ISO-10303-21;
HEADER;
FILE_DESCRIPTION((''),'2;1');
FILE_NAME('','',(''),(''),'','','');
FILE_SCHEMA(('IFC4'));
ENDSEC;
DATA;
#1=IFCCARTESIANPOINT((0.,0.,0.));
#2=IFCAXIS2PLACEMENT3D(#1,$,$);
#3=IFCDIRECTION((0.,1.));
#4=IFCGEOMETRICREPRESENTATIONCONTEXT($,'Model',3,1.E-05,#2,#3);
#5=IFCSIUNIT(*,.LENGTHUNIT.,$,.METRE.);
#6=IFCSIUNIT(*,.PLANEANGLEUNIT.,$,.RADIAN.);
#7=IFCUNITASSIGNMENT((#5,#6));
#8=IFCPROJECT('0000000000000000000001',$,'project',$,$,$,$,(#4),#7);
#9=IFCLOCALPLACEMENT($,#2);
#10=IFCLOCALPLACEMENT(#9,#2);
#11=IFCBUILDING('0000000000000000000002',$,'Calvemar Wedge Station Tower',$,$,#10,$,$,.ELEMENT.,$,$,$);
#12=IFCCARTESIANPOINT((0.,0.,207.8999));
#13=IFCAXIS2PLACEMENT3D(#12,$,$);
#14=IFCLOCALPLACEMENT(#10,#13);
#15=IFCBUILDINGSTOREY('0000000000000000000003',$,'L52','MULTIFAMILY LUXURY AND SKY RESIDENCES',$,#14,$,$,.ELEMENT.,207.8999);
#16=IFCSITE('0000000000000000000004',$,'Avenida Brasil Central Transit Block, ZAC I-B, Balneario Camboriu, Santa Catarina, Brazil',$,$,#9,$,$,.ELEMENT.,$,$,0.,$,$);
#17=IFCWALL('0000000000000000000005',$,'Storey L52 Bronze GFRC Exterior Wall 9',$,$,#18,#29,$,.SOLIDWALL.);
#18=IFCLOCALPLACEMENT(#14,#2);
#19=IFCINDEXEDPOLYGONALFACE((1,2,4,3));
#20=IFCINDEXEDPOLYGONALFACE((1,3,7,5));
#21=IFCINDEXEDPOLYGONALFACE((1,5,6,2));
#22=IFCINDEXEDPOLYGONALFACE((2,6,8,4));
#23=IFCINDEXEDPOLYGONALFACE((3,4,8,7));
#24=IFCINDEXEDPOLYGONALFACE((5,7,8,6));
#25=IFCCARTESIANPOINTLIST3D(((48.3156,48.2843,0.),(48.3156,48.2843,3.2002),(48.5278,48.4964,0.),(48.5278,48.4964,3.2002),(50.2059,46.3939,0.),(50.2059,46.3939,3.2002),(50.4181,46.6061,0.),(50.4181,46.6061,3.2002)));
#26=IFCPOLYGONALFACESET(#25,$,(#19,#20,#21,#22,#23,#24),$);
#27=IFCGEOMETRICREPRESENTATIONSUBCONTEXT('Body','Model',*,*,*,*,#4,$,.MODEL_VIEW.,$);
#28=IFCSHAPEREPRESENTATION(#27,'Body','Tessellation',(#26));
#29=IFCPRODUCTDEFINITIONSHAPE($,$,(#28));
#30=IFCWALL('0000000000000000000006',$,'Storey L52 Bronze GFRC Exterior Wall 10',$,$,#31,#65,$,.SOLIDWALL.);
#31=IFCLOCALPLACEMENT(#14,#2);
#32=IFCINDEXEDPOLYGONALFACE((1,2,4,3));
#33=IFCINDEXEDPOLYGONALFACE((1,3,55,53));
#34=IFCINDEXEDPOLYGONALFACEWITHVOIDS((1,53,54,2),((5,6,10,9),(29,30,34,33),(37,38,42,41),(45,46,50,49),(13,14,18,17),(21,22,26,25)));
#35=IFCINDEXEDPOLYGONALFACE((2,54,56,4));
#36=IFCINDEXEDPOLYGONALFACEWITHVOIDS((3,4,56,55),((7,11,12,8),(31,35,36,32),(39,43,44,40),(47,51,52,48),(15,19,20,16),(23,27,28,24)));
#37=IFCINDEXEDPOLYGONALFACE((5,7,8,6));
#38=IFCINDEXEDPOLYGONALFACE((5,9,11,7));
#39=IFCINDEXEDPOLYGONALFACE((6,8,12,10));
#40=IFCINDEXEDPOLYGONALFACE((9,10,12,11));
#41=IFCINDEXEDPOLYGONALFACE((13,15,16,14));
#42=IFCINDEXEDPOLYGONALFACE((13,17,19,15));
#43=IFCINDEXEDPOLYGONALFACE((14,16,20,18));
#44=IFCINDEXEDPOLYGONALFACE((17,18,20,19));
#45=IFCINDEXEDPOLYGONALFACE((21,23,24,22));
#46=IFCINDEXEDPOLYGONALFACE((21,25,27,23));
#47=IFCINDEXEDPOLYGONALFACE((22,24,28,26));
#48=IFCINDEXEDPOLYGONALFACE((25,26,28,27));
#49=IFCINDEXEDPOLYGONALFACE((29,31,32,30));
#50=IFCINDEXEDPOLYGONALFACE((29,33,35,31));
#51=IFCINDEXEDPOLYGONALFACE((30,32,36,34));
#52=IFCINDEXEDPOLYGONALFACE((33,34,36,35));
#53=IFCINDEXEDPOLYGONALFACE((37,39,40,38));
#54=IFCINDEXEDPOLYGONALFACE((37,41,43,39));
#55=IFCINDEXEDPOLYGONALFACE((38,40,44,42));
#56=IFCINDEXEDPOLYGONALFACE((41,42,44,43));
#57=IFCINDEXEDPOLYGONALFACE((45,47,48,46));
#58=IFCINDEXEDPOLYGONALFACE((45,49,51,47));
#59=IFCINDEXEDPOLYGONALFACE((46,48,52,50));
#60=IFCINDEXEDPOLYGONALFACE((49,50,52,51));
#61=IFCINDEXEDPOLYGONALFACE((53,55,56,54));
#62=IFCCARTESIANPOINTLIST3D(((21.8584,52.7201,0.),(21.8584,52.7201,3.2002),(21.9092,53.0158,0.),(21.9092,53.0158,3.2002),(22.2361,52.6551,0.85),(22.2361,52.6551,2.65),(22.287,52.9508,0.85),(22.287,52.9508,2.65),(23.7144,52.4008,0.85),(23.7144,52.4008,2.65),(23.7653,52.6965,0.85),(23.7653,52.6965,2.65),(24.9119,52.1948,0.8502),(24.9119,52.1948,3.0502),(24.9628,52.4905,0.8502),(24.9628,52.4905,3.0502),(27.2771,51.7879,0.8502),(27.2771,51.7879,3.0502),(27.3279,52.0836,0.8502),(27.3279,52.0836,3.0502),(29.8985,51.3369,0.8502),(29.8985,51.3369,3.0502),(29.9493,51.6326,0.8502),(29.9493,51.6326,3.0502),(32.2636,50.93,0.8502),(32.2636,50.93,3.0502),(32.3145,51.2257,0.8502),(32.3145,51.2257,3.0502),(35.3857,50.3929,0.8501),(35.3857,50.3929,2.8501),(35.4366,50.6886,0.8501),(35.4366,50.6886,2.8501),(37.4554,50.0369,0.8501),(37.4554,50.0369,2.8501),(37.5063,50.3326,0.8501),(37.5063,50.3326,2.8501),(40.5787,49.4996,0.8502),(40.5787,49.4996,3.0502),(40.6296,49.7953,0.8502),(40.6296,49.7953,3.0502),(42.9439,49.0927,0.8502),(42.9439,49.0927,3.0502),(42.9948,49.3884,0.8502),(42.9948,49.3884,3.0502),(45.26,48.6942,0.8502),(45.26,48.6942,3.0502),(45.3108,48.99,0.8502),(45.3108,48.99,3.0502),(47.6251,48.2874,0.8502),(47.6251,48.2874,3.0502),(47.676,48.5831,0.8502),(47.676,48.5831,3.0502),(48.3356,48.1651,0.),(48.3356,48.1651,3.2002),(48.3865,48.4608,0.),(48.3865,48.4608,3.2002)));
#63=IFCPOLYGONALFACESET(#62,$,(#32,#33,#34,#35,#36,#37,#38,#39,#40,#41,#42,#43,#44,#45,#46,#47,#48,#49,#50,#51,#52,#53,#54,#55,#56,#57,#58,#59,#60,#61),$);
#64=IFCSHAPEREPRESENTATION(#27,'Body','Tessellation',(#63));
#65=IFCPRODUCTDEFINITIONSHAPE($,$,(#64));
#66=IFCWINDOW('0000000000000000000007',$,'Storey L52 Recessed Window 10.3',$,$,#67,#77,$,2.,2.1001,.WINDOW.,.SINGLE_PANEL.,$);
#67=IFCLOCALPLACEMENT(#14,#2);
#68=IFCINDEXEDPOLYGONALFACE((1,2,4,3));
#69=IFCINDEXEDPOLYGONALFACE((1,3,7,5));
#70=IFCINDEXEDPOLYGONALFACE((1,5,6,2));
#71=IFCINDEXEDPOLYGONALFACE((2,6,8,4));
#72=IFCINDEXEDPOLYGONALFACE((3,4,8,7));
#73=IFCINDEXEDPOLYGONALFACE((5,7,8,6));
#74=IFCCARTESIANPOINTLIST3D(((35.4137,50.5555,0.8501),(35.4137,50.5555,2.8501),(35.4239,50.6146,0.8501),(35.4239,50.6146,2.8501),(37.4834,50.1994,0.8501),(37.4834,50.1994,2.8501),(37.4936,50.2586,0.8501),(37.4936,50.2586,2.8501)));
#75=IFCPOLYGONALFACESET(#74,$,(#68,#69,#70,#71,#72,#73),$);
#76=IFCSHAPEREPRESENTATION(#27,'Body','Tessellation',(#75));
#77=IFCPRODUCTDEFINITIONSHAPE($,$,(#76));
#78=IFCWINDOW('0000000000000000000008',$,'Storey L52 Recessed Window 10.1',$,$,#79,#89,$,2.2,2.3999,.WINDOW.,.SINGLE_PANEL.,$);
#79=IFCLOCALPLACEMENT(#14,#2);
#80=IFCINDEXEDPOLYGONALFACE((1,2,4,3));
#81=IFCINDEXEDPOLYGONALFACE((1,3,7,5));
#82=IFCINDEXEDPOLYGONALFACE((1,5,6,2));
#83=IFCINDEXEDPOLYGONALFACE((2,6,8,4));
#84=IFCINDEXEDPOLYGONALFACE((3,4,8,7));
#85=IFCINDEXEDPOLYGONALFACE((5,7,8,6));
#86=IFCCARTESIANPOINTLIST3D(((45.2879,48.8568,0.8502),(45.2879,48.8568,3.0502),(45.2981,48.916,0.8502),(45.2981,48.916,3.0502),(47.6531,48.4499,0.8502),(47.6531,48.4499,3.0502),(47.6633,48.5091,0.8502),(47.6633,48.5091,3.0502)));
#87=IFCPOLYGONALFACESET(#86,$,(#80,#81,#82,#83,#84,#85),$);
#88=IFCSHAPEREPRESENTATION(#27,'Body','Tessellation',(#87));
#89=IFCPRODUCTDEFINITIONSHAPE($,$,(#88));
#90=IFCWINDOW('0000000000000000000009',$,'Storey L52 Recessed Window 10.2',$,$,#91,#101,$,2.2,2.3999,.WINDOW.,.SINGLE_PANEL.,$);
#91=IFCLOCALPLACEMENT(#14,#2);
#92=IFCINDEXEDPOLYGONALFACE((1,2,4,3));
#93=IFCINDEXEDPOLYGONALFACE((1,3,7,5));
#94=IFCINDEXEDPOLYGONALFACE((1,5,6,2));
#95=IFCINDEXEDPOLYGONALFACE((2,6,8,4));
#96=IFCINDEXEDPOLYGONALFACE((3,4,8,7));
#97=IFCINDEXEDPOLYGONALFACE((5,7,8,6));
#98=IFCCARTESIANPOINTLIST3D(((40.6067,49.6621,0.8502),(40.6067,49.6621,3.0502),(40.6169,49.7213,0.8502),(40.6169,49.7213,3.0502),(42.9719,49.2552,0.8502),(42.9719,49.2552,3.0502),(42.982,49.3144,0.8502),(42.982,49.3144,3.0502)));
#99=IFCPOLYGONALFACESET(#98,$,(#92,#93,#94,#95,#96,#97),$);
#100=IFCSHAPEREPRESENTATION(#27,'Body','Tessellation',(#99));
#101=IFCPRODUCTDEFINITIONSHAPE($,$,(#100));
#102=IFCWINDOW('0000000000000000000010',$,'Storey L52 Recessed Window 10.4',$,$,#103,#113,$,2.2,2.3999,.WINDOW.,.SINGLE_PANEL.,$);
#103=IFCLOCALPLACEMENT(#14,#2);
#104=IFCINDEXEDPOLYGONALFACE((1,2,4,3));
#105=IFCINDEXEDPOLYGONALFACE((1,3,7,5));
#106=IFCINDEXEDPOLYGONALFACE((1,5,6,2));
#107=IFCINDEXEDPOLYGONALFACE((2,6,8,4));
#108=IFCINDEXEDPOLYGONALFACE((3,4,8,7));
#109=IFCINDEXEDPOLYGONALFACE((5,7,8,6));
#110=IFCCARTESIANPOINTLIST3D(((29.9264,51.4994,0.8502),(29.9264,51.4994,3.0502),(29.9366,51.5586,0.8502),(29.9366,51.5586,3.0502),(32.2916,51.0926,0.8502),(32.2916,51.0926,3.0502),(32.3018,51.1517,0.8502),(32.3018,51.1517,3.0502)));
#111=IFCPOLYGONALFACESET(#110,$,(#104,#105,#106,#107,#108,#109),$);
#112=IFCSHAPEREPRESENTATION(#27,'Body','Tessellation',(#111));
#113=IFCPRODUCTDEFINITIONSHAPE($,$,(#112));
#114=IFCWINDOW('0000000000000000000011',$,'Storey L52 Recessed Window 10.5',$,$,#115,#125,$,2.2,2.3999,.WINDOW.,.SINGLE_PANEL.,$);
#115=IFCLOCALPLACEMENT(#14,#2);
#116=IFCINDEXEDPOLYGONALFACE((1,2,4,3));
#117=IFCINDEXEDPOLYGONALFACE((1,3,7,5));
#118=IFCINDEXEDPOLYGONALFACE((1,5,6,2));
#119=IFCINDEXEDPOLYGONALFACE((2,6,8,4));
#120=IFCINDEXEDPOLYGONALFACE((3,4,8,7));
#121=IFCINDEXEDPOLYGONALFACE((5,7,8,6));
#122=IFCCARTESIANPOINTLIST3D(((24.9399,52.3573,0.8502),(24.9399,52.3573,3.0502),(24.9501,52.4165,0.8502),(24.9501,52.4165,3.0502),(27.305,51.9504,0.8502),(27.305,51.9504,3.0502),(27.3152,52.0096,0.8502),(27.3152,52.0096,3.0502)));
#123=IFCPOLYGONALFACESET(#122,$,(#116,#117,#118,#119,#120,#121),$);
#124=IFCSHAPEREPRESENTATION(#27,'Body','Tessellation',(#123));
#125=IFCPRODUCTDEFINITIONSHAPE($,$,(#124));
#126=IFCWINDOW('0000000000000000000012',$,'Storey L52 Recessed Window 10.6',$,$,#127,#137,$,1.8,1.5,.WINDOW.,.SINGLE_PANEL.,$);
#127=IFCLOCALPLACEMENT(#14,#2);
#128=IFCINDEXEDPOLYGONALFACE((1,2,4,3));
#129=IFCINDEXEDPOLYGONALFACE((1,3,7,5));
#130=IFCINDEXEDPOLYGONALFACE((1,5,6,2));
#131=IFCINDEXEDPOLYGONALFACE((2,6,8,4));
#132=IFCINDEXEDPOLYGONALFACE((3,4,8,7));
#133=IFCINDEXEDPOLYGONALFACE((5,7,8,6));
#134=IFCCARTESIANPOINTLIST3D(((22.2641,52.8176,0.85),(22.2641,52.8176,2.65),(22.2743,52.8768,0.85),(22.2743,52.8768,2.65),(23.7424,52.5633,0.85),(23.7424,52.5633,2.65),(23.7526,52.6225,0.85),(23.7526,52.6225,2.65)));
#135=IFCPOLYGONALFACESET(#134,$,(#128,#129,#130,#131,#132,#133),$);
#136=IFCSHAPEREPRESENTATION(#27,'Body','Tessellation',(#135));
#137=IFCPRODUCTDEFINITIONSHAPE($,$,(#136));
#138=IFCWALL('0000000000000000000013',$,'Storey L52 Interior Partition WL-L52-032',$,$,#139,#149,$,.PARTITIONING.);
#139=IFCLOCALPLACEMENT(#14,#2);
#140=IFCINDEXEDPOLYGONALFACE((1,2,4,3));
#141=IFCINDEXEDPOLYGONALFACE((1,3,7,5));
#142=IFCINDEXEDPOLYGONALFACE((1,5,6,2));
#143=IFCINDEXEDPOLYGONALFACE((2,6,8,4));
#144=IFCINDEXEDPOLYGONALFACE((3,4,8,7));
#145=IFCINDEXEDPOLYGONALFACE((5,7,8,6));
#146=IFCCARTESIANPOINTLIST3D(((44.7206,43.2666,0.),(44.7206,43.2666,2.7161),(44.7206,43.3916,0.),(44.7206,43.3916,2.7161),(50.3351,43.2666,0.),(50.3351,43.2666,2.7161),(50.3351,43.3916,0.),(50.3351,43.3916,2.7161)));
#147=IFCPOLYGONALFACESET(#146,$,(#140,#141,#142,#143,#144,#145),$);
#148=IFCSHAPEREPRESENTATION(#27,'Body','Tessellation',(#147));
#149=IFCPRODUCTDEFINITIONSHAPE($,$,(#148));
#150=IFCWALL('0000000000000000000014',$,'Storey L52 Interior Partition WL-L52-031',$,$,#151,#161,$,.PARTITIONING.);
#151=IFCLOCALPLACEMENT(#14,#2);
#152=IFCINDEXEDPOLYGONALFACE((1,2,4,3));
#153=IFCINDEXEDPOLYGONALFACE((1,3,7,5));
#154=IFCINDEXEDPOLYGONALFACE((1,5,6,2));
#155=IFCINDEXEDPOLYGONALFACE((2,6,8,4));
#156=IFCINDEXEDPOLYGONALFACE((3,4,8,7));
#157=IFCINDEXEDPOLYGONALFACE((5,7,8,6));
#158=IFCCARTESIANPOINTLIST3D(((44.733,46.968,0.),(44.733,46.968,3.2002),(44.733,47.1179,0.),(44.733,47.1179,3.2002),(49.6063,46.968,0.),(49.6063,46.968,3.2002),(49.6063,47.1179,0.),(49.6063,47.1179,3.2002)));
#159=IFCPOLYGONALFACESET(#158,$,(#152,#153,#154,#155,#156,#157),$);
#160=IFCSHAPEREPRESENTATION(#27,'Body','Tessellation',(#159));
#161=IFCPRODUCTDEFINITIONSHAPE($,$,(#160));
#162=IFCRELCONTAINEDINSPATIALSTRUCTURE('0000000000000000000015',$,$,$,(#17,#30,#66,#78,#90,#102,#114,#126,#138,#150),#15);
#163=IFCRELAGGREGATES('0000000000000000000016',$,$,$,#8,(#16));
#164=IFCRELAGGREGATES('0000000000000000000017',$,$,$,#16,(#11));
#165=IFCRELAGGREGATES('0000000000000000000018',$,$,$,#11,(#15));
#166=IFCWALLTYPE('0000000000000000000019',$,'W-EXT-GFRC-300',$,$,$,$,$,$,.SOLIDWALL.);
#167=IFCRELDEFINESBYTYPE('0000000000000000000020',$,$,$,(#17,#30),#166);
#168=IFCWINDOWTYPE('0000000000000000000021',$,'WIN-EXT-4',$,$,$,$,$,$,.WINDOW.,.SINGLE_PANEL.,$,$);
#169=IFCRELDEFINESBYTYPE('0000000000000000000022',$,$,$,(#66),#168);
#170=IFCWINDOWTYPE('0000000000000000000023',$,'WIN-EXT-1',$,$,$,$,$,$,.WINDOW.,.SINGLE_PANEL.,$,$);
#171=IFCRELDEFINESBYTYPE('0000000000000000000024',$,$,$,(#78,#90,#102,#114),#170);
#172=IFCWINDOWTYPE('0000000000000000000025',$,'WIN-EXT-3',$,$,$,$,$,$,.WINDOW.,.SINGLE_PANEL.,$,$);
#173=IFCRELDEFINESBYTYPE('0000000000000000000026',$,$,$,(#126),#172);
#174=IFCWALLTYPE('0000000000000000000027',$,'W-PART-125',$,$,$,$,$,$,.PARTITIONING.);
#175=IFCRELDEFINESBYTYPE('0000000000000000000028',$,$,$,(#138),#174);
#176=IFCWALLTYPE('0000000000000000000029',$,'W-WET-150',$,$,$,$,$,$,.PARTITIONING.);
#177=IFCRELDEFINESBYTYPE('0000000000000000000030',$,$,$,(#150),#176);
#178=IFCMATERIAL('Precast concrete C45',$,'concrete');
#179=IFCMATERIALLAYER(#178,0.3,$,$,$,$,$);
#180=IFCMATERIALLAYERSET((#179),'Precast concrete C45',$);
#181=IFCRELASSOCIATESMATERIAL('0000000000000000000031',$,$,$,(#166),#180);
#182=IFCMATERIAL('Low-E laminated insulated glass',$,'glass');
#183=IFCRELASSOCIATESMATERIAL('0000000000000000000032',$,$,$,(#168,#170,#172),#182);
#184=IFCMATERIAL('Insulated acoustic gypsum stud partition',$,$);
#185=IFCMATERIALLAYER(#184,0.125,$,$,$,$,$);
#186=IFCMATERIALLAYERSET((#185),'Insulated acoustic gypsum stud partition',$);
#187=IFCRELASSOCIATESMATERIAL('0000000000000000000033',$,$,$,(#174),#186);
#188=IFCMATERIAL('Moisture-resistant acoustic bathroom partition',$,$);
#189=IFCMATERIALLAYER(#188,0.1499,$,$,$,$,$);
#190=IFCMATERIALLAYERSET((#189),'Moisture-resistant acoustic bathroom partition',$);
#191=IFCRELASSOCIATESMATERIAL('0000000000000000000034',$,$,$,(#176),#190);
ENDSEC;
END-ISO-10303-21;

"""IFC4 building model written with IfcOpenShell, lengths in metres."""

from ifc_helpers import new_model, si_unit, direction, frame, frame_2d, origin, place, context, subcontext, project, spatial, rectangle, extrude, source, transform, mapped, material, layer, layer_set, type_object, element, fill, save


model = new_model("IFC4")

# Units and contexts
model_context = context("Model", 3, precision=1e-05, world=origin(), true_north=direction((0.0, 1.0)))
body_context = subcontext(model_context, "Body", "Model", "MODEL_VIEW")
ifc_project = project(units=[si_unit("LENGTHUNIT", "METRE"), si_unit("PLANEANGLEUNIT", "RADIAN")], contexts=[model_context])

# Site, building, storey
site_placement = place(None, origin())
site = spatial("IfcSite", under=ifc_project, at=site_placement, Name="Avenida Brasil Central Transit Block, ZAC I-B, Balneario Camboriu, Santa Catarina, Brazil", CompositionType="ELEMENT", RefElevation=0.0)
building_placement = place(site_placement, origin())
building = spatial("IfcBuilding", under=site, at=building_placement, Name="Calvemar Wedge Station Tower", CompositionType="ELEMENT")
storey_placement = place(building_placement, frame((0.0, 0.0, 207.8999)))
storey = spatial("IfcBuildingStorey", under=building, at=storey_placement, Name="L52", Description="MULTIFAMILY LUXURY AND SKY RESIDENCES", CompositionType="ELEMENT", Elevation=207.8999)

# Shared definitions
ifc_material_1 = material(Name="Precast concrete C45", Category="concrete")

# Wall
ifc_layer_1 = layer(ifc_material_1, 0.3)
ifc_layer_set_1 = layer_set([ifc_layer_1], Name="Precast concrete C45")
wall_type_1 = type_object("IfcWallType", Name="W-EXT-GFRC-300", PredefinedType="SOLIDWALL", material=ifc_layer_set_1)
wall_1_placement = place(storey_placement, frame((50.312, 46.5, 0.0), z_axis=(0.0, 0.0, 1.0), x_axis=(-0.707107, 0.707107, 0.0)))
element("IfcWall", 1, at=wall_1_placement, inside=storey, type_object=wall_type_1, Name="Storey L52 Bronze GFRC Exterior Wall 9", PredefinedType="SOLIDWALL", context=body_context, shape_type="SweptSolid", body=[
    extrude(rectangle(XDim=2.6733, YDim=0.3, at=frame_2d((1.3367, 0.0))), origin(), (0.0, 0.0, 1.0), 3.2002),
])

# Wall, openings, windows
wall_2_placement = place(storey_placement, frame((48.3611, 48.313, 0.0), z_axis=(0.0, 0.0, 1.0), x_axis=(-0.985523, 0.169541, 0.0)))
wall_2 = element("IfcWall", 2, at=wall_2_placement, inside=storey, type_object=wall_type_1, Name="Storey L52 Bronze GFRC Exterior Wall 10", PredefinedType="SOLIDWALL", context=body_context, shape_type="SweptSolid", body=[
    extrude(rectangle(XDim=26.8662, YDim=0.3, at=frame_2d((13.4331, 0.0))), origin(), (0.0, 0.0, 1.0), 3.2002),
])
shared_shape_1 = source(origin(), body_context, "Body", "SweptSolid", [
    extrude(rectangle(XDim=2.3999, YDim=2.2, at=frame_2d((1.2, 1.1001))), frame((0.0, 0.1602, 0.0), z_axis=(0.0, -1.0, 0.0), x_axis=(1.0, 0.0, 0.0)), (0.0, 0.0, 1.0), 0.3201),
])
opening_1_placement = place(wall_2_placement, frame((0.7209, 0.0, 0.8501)))
opening_1 = element("IfcOpeningElement", 3, at=opening_1_placement, cuts=wall_2, PredefinedType="OPENING", context=body_context, shape_type="MappedRepresentation", body=[
    mapped(shared_shape_1, transform((0.0, 0.0, 0.0), scale=1.0)),
])
opening_2_placement = place(wall_2_placement, frame((5.4709, 0.0, 0.8501)))
opening_2 = element("IfcOpeningElement", 4, at=opening_2_placement, cuts=wall_2, PredefinedType="OPENING", context=body_context, shape_type="MappedRepresentation", body=[
    mapped(shared_shape_1, transform((0.0, 0.0, 0.0), scale=1.0)),
])
shared_shape_2 = source(origin(), body_context, "Body", "SweptSolid", [
    extrude(rectangle(XDim=2.1001, YDim=2.0, at=frame_2d((1.05, 1.0))), frame((0.0, 0.1602, 0.0), z_axis=(0.0, -1.0, 0.0), x_axis=(1.0, 0.0, 0.0)), (0.0, 0.0, 1.0), 0.3201),
])
opening_3_placement = place(wall_2_placement, frame((11.04, 0.0, 0.8501)))
opening_3 = element("IfcOpeningElement", 5, at=opening_3_placement, cuts=wall_2, PredefinedType="OPENING", context=body_context, shape_type="MappedRepresentation", body=[
    mapped(shared_shape_2, transform((0.0, 0.0, 0.0), scale=1.0)),
])
opening_4_placement = place(wall_2_placement, frame((16.3081, 0.0, 0.8501)))
opening_4 = element("IfcOpeningElement", 6, at=opening_4_placement, cuts=wall_2, PredefinedType="OPENING", context=body_context, shape_type="MappedRepresentation", body=[
    mapped(shared_shape_1, transform((0.0, 0.0, 0.0), scale=1.0)),
])
opening_5_placement = place(wall_2_placement, frame((21.3679, 0.0, 0.8501)))
opening_5 = element("IfcOpeningElement", 7, at=opening_5_placement, cuts=wall_2, PredefinedType="OPENING", context=body_context, shape_type="MappedRepresentation", body=[
    mapped(shared_shape_1, transform((0.0, 0.0, 0.0), scale=1.0)),
])
shared_shape_3 = source(origin(), body_context, "Body", "SweptSolid", [
    extrude(rectangle(XDim=1.5, YDim=1.8, at=frame_2d((0.75, 0.8999))), frame((0.0, 0.1602, 0.0), z_axis=(0.0, -1.0, 0.0), x_axis=(1.0, 0.0, 0.0)), (0.0, 0.0, 1.0), 0.3201),
])
opening_6_placement = place(wall_2_placement, frame((24.9829, 0.0, 0.8501)))
opening_6 = element("IfcOpeningElement", 8, at=opening_6_placement, cuts=wall_2, PredefinedType="OPENING", context=body_context, shape_type="MappedRepresentation", body=[
    mapped(shared_shape_3, transform((0.0, 0.0, 0.0), scale=1.0)),
])
ifc_material_2 = material(Name="Low-E laminated insulated glass", Category="glass")
window_type_1 = type_object("IfcWindowType", Name="WIN-EXT-4", PartitioningType="SINGLE_PANEL", PredefinedType="WINDOW", material=ifc_material_2)
shared_shape_4 = source(origin(), body_context, "Body", "SweptSolid", [
    extrude(rectangle(XDim=2.1001, YDim=2.0, at=frame_2d((1.05, 1.0))), frame((0.0, -0.0149, 0.0), z_axis=(0.0, -1.0, 0.0), x_axis=(1.0, 0.0, 0.0)), (0.0, 0.0, 1.0), 0.0601),
])
window_1_placement = place(opening_3_placement, origin())
window_1 = element("IfcWindow", 9, at=window_1_placement, inside=storey, type_object=window_type_1, Name="Storey L52 Recessed Window 10.3", OverallHeight=2.0, OverallWidth=2.1001, PartitioningType="SINGLE_PANEL", PredefinedType="WINDOW", context=body_context, shape_type="MappedRepresentation", body=[
    mapped(shared_shape_4, transform((0.0, 0.0, 0.0), scale=1.0)),
])
fill(opening_3, window_1)
window_type_2 = type_object("IfcWindowType", Name="WIN-EXT-1", PartitioningType="SINGLE_PANEL", PredefinedType="WINDOW", material=ifc_material_2)
shared_shape_5 = source(origin(), body_context, "Body", "SweptSolid", [
    extrude(rectangle(XDim=2.3999, YDim=2.2, at=frame_2d((1.2, 1.1001))), frame((0.0, -0.0149, 0.0), z_axis=(0.0, -1.0, 0.0), x_axis=(1.0, 0.0, 0.0)), (0.0, 0.0, 1.0), 0.0601),
])
window_2_placement = place(opening_1_placement, origin())
window_2 = element("IfcWindow", 10, at=window_2_placement, inside=storey, type_object=window_type_2, Name="Storey L52 Recessed Window 10.1", OverallHeight=2.2, OverallWidth=2.3999, PartitioningType="SINGLE_PANEL", PredefinedType="WINDOW", context=body_context, shape_type="MappedRepresentation", body=[
    mapped(shared_shape_5, transform((0.0, 0.0, 0.0), scale=1.0)),
])
fill(opening_1, window_2)
window_3_placement = place(opening_2_placement, origin())
window_3 = element("IfcWindow", 11, at=window_3_placement, inside=storey, type_object=window_type_2, Name="Storey L52 Recessed Window 10.2", OverallHeight=2.2, OverallWidth=2.3999, PartitioningType="SINGLE_PANEL", PredefinedType="WINDOW", context=body_context, shape_type="MappedRepresentation", body=[
    mapped(shared_shape_5, transform((0.0, 0.0, 0.0), scale=1.0)),
])
fill(opening_2, window_3)
window_4_placement = place(opening_4_placement, origin())
window_4 = element("IfcWindow", 12, at=window_4_placement, inside=storey, type_object=window_type_2, Name="Storey L52 Recessed Window 10.4", OverallHeight=2.2, OverallWidth=2.3999, PartitioningType="SINGLE_PANEL", PredefinedType="WINDOW", context=body_context, shape_type="MappedRepresentation", body=[
    mapped(shared_shape_5, transform((0.0, 0.0, 0.0), scale=1.0)),
])
fill(opening_4, window_4)
window_5_placement = place(opening_5_placement, origin())
window_5 = element("IfcWindow", 13, at=window_5_placement, inside=storey, type_object=window_type_2, Name="Storey L52 Recessed Window 10.5", OverallHeight=2.2, OverallWidth=2.3999, PartitioningType="SINGLE_PANEL", PredefinedType="WINDOW", context=body_context, shape_type="MappedRepresentation", body=[
    mapped(shared_shape_5, transform((0.0, 0.0, 0.0), scale=1.0)),
])
fill(opening_5, window_5)
window_type_3 = type_object("IfcWindowType", Name="WIN-EXT-3", PartitioningType="SINGLE_PANEL", PredefinedType="WINDOW", material=ifc_material_2)
shared_shape_6 = source(origin(), body_context, "Body", "SweptSolid", [
    extrude(rectangle(XDim=1.5, YDim=1.8, at=frame_2d((0.75, 0.8999))), frame((0.0, -0.0149, 0.0), z_axis=(0.0, -1.0, 0.0), x_axis=(1.0, 0.0, 0.0)), (0.0, 0.0, 1.0), 0.0601),
])
window_6_placement = place(opening_6_placement, origin())
window_6 = element("IfcWindow", 14, at=window_6_placement, inside=storey, type_object=window_type_3, Name="Storey L52 Recessed Window 10.6", OverallHeight=1.8, OverallWidth=1.5, PartitioningType="SINGLE_PANEL", PredefinedType="WINDOW", context=body_context, shape_type="MappedRepresentation", body=[
    mapped(shared_shape_6, transform((0.0, 0.0, 0.0), scale=1.0)),
])
fill(opening_6, window_6)

# Shared definitions
ifc_material_3 = material(Name="Insulated acoustic gypsum stud partition")
ifc_layer_2 = layer(ifc_material_3, 0.125)
ifc_layer_set_2 = layer_set([ifc_layer_2], Name="Insulated acoustic gypsum stud partition")
wall_type_2 = type_object("IfcWallType", Name="W-PART-125", PredefinedType="PARTITIONING", material=ifc_layer_set_2)

# Wall
wall_3_placement = place(storey_placement, frame((50.335, 43.3291, 0.0), z_axis=(0.0, 0.0, 1.0), x_axis=(-1.0, 0.0, 0.0)))
element("IfcWall", 15, at=wall_3_placement, inside=storey, type_object=wall_type_2, Name="Storey L52 Interior Partition WL-L52-032", PredefinedType="PARTITIONING", context=body_context, shape_type="SweptSolid", body=[
    extrude(rectangle(XDim=5.6145, YDim=0.125, at=frame_2d((2.8071, 0.0))), origin(), (0.0, 0.0, 1.0), 2.7161),
])

# Shared definitions
ifc_material_4 = material(Name="Moisture-resistant acoustic bathroom partition")
ifc_layer_3 = layer(ifc_material_4, 0.1499)
ifc_layer_set_3 = layer_set([ifc_layer_3], Name="Moisture-resistant acoustic bathroom partition")
wall_type_3 = type_object("IfcWallType", Name="W-WET-150", PredefinedType="PARTITIONING", material=ifc_layer_set_3)

# Wall
wall_4_placement = place(storey_placement, frame((49.6062, 47.043, 0.0), z_axis=(0.0, 0.0, 1.0), x_axis=(-1.0, 0.0, 0.0)))
element("IfcWall", 16, at=wall_4_placement, inside=storey, type_object=wall_type_3, Name="Storey L52 Interior Partition WL-L52-031", PredefinedType="PARTITIONING", context=body_context, shape_type="SweptSolid", body=[
    extrude(rectangle(XDim=4.8733, YDim=0.1499, at=frame_2d((2.4365, 0.0))), origin(), (0.0, 0.0, 1.0), 3.2002),
])

save(model, "model.ifc")
